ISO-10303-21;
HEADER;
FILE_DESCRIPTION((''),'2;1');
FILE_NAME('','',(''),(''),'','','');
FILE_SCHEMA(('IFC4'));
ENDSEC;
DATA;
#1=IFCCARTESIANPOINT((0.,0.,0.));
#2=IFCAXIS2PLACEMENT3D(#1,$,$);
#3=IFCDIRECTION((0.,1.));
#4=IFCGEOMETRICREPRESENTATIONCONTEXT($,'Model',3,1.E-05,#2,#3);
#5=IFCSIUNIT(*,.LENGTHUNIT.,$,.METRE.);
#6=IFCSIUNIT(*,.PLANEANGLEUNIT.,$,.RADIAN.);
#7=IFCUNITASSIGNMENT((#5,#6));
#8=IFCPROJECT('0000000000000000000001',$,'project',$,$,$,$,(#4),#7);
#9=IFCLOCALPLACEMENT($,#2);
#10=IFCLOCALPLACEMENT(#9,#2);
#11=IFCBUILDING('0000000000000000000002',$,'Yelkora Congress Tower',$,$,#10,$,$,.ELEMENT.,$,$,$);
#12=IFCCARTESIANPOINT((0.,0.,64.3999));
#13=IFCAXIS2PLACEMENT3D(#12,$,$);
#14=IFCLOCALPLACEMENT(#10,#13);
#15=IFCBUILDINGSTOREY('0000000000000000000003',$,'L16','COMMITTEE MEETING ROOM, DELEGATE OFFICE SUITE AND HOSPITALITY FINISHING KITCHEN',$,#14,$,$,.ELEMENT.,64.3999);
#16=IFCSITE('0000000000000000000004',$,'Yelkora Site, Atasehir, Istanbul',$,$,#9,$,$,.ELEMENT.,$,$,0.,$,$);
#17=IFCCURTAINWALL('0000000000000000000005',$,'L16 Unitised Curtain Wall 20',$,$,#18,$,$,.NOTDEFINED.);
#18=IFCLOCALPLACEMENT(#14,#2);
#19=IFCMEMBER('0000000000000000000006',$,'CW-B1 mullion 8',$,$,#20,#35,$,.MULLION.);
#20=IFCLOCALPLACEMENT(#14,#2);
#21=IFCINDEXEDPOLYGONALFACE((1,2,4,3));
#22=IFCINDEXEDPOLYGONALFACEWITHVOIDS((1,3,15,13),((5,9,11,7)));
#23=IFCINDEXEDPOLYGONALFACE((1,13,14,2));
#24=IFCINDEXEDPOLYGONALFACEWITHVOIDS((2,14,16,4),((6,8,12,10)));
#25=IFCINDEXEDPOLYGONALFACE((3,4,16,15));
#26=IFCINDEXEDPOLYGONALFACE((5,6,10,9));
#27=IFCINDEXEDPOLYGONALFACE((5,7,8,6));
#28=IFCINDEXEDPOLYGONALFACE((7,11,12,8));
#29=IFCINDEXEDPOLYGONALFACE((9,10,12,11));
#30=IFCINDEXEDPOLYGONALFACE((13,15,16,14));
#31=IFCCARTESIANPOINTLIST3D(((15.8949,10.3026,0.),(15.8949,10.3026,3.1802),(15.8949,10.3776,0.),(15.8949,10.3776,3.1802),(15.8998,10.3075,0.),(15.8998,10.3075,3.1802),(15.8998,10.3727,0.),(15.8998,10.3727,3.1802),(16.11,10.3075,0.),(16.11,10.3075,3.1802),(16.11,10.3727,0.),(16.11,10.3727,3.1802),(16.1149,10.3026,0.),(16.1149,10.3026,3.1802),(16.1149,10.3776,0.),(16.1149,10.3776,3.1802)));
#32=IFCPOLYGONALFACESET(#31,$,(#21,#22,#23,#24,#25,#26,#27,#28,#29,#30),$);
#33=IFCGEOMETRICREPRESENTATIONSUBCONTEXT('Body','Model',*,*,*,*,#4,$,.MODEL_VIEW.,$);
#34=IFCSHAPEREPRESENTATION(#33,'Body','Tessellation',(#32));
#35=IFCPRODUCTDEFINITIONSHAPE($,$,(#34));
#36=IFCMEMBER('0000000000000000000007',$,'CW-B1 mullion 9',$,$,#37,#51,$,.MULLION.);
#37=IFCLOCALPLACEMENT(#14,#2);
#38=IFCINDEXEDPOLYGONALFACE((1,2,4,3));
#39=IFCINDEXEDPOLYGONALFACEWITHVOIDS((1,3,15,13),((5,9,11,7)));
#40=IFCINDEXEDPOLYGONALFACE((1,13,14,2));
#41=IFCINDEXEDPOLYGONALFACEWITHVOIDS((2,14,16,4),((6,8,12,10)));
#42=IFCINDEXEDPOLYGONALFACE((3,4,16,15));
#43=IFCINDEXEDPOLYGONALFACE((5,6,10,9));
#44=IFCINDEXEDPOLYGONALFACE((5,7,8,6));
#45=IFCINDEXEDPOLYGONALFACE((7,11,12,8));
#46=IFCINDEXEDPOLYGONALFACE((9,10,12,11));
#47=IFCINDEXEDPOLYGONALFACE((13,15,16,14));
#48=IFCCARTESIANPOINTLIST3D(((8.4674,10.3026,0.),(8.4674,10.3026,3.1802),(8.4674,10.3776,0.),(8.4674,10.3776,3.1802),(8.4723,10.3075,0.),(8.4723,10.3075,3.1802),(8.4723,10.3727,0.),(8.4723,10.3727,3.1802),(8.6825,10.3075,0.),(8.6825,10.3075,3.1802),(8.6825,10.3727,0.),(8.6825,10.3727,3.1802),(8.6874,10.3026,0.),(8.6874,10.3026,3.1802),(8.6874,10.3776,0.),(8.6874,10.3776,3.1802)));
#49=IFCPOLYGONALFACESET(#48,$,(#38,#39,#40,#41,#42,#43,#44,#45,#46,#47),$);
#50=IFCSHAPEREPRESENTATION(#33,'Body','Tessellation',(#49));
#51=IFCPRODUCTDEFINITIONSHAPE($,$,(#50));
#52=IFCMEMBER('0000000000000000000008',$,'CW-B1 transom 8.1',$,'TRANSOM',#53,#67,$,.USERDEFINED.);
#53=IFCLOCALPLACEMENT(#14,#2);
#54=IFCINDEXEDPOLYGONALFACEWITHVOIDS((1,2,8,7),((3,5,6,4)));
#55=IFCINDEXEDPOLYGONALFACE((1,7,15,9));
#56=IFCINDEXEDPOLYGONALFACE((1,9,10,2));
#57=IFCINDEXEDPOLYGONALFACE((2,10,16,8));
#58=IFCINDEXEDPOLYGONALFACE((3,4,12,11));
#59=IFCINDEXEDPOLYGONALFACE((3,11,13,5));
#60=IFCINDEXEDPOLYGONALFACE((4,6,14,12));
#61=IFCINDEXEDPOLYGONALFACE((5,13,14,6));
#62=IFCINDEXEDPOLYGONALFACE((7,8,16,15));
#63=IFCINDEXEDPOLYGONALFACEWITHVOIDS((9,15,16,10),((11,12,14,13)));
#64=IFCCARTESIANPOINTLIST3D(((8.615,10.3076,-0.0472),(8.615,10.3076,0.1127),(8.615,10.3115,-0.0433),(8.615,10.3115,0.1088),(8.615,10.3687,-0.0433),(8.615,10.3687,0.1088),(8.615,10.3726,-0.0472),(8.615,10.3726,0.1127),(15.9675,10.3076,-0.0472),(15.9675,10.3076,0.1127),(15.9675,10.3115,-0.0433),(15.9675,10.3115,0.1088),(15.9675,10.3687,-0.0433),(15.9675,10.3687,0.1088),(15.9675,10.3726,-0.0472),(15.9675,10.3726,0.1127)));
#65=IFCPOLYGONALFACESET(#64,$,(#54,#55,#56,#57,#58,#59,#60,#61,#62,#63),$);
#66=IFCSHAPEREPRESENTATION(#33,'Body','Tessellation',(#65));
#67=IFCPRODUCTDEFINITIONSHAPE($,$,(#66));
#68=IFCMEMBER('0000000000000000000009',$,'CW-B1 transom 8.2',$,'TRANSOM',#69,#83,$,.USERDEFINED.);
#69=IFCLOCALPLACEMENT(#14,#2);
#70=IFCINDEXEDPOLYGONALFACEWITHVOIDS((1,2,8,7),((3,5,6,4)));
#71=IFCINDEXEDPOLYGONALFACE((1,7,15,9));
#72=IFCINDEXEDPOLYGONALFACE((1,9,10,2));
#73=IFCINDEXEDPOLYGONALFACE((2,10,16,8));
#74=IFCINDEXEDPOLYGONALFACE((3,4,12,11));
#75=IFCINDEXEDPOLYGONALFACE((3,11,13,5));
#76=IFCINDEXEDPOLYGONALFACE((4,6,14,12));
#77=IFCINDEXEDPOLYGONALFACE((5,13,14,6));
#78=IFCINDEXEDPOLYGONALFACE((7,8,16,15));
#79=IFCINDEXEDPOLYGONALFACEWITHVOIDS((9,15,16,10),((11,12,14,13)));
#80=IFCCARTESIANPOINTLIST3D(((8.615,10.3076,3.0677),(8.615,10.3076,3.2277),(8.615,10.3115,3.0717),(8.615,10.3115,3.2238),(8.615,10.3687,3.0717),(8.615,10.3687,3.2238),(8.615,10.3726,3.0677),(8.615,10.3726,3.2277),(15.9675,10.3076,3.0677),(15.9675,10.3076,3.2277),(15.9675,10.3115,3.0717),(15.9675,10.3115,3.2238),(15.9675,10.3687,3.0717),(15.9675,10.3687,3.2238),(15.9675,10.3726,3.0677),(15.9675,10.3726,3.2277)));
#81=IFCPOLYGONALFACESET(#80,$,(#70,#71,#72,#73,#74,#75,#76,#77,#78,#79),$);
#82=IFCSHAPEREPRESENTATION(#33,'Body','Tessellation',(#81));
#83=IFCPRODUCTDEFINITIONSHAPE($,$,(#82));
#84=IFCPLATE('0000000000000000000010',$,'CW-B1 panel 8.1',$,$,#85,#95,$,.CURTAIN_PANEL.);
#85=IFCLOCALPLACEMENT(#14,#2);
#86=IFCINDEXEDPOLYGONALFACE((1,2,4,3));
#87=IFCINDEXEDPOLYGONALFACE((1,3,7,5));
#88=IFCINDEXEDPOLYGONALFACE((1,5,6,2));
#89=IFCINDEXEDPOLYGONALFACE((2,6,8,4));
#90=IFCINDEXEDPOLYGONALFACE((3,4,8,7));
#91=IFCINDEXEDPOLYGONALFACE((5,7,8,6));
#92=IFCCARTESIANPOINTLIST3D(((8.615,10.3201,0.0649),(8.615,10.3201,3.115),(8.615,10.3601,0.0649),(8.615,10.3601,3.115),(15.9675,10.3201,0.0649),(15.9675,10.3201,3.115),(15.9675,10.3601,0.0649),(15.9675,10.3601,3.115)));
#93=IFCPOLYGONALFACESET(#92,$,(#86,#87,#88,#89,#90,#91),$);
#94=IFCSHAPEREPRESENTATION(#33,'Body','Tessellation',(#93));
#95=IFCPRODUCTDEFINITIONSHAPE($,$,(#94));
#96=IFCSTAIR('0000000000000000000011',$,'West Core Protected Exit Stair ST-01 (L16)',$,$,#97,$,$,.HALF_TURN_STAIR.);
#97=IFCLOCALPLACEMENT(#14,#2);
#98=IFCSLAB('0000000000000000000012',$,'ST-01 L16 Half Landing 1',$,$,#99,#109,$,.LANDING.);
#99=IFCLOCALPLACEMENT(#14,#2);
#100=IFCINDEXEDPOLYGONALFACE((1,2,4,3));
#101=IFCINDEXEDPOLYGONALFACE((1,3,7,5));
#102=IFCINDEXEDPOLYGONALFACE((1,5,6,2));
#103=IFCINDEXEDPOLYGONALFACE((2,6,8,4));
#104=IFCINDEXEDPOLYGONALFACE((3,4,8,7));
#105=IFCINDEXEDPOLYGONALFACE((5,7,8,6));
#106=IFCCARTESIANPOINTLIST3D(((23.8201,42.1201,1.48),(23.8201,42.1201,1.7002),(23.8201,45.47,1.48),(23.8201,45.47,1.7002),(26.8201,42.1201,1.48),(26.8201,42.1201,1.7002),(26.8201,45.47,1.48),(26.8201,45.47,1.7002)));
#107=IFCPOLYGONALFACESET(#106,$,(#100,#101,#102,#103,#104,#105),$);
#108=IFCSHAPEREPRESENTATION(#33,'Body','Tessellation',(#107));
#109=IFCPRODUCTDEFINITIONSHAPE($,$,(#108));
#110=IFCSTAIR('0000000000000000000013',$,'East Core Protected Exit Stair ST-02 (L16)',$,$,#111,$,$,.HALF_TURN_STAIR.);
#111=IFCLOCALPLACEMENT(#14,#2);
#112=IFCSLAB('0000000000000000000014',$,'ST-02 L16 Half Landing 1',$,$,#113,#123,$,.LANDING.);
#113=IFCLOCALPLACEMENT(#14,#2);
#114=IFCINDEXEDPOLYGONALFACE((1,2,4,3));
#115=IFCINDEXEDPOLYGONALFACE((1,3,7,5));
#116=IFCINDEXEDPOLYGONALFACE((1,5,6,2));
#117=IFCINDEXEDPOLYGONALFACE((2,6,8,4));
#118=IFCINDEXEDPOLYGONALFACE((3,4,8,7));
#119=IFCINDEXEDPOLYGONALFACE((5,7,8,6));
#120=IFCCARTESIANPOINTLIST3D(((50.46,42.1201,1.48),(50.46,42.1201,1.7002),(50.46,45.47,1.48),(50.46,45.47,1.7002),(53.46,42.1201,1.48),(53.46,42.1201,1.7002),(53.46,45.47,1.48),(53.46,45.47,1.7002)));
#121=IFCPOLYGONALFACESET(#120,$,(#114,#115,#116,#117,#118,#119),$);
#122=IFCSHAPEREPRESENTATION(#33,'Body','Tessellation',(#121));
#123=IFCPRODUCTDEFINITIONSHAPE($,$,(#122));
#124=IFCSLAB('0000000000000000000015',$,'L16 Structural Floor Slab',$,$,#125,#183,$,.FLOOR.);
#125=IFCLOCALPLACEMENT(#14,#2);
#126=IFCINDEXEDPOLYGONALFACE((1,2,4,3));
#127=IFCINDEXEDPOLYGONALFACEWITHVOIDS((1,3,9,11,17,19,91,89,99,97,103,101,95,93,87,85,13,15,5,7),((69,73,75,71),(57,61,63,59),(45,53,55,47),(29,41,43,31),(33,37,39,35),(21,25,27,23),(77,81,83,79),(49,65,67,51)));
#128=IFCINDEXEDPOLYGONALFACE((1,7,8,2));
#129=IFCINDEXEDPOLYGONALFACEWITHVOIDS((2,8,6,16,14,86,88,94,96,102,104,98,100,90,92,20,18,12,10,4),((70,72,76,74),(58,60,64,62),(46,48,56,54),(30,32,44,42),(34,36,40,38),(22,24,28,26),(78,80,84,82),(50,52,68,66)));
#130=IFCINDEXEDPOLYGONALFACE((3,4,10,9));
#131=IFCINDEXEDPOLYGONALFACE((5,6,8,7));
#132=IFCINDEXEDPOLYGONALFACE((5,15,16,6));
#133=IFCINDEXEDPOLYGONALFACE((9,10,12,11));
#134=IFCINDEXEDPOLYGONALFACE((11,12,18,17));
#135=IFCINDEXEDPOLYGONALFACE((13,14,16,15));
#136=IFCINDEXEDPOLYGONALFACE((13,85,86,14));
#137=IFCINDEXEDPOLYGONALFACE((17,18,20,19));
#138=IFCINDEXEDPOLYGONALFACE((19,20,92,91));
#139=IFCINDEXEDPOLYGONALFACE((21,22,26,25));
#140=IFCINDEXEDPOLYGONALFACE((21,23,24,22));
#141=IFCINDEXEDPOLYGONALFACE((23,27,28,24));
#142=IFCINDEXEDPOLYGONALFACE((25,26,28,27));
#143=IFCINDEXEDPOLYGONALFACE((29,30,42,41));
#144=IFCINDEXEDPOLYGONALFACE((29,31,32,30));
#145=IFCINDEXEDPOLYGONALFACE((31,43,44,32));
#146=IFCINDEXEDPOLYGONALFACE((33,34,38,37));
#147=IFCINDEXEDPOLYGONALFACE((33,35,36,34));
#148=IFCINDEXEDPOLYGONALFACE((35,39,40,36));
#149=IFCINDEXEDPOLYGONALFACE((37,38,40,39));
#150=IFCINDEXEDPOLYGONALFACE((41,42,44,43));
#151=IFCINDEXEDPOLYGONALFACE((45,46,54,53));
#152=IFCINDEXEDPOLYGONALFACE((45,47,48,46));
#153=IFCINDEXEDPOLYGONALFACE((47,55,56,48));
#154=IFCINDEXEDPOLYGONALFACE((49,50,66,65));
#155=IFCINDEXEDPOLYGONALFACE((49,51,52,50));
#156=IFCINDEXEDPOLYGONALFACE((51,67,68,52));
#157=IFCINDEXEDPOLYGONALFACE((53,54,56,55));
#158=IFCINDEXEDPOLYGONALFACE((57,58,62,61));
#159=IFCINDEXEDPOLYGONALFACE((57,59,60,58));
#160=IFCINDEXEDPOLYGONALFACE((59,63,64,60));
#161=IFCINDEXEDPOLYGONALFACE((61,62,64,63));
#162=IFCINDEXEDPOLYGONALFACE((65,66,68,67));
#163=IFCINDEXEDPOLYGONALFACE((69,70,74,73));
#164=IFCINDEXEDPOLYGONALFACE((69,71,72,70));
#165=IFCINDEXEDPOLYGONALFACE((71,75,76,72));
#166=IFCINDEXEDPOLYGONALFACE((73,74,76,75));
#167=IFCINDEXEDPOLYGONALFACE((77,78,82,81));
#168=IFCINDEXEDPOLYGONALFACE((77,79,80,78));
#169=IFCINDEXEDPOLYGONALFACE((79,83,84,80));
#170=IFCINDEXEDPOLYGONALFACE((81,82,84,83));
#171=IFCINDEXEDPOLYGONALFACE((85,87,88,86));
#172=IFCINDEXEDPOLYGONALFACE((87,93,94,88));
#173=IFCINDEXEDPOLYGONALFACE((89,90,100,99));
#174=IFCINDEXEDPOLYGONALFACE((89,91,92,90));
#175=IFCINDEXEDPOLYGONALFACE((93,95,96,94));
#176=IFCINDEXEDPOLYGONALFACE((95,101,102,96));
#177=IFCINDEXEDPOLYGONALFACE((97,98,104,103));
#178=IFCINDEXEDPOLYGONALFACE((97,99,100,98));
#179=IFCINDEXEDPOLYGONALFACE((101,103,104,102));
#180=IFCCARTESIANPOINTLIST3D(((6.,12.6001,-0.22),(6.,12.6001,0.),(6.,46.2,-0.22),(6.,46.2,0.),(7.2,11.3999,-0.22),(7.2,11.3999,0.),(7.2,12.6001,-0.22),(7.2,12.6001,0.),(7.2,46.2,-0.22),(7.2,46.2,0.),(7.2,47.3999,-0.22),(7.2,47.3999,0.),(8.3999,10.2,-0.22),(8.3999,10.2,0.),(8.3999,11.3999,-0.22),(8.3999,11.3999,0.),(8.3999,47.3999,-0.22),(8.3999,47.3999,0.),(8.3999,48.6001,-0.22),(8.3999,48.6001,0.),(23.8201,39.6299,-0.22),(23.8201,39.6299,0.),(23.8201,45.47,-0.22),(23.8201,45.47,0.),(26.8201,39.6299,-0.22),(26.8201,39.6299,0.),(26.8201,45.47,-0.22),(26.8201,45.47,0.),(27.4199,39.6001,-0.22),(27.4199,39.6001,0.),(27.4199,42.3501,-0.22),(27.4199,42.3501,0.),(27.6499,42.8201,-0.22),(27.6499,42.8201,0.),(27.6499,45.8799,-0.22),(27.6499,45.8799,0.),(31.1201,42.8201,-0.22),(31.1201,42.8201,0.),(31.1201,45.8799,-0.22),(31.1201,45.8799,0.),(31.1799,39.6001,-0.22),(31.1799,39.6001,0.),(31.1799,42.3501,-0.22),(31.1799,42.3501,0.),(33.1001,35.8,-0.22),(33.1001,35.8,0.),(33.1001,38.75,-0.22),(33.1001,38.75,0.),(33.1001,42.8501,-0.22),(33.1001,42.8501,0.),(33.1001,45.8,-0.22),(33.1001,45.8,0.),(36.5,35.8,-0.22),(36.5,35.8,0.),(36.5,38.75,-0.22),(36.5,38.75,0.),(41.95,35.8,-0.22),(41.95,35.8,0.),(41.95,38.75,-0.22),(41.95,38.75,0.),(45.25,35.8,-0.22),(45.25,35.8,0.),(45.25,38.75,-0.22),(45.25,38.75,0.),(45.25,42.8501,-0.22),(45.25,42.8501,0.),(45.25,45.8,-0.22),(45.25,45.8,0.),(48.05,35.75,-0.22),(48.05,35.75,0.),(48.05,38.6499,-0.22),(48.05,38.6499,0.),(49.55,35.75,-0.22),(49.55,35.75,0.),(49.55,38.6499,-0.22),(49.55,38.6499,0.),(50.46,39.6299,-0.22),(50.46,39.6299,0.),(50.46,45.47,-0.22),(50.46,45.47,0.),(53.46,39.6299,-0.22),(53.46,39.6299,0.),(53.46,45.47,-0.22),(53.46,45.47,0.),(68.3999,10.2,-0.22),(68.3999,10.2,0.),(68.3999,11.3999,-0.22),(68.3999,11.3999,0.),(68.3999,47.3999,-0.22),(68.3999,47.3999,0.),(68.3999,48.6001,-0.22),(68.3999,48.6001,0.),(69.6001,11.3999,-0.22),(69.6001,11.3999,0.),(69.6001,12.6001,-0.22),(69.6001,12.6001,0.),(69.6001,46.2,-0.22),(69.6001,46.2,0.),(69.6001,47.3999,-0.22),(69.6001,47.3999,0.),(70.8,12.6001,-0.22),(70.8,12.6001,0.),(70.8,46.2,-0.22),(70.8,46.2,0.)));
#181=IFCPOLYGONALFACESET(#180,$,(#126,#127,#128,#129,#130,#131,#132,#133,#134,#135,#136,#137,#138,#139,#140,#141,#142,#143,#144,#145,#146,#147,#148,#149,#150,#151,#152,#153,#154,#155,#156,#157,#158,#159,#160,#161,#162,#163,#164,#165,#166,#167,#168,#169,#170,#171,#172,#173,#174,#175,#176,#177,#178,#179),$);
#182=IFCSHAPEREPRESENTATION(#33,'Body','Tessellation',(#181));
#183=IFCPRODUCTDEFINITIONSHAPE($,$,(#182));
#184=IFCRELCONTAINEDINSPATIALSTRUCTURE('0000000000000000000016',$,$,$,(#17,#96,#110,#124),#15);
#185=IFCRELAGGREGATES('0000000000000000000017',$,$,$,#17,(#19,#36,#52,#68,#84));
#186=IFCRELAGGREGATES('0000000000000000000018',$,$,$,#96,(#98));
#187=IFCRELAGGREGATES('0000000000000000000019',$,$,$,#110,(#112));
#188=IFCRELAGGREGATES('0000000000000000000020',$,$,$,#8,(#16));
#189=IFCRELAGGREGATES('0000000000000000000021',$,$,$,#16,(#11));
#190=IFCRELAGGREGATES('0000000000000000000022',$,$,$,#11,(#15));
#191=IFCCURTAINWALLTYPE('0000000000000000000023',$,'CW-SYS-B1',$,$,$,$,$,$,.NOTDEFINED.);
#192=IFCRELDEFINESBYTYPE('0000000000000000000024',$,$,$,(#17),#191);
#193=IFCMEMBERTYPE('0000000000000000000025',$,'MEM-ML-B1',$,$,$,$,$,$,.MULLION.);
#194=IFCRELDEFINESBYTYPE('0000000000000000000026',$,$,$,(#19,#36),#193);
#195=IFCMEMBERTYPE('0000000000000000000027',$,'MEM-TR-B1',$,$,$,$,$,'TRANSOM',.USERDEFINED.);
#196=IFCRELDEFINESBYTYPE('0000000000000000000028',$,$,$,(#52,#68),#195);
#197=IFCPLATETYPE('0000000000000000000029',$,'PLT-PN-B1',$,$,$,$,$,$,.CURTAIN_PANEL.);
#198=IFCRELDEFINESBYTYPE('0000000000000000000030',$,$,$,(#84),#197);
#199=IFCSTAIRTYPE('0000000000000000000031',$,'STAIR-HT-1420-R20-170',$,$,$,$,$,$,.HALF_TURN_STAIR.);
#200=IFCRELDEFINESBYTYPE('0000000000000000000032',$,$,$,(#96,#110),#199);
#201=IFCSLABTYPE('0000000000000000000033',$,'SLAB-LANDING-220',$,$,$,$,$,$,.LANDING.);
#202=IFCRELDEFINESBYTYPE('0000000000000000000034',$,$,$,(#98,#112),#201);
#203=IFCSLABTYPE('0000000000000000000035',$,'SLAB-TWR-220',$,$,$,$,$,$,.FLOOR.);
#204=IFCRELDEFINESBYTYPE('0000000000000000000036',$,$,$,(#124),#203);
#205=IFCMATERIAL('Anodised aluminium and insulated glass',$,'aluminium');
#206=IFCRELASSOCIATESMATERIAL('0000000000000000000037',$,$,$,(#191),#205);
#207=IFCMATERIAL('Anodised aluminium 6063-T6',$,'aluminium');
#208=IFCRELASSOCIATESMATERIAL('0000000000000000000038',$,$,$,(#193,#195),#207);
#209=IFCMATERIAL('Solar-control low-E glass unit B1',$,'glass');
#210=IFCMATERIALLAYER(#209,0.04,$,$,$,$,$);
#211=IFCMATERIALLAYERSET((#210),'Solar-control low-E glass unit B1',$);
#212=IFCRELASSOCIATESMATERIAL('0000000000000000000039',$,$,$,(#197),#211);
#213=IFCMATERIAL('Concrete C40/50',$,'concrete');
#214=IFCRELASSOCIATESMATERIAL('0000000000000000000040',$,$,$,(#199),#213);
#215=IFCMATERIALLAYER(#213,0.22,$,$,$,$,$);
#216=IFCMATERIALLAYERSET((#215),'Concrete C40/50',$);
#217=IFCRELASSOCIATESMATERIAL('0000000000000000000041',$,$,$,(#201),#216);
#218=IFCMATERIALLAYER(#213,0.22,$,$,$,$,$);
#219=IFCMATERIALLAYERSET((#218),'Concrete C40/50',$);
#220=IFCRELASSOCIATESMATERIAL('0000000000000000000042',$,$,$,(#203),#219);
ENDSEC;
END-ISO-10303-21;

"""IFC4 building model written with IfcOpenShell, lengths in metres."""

from ifc_helpers import new_model, si_unit, direction, frame, origin, origin_2d, place, context, subcontext, project, spatial, polyline, rectangle, hollow_rectangle, outline, extrude, material, layer, layer_set, material_profile, profile_set, type_object, element, aggregate, save


model = new_model("IFC4")

# Units and contexts
model_context = context("Model", 3, precision=1e-05, world=origin(), true_north=direction((0.0, 1.0)))
body_context = subcontext(model_context, "Body", "Model", "MODEL_VIEW")
ifc_project = project(units=[si_unit("LENGTHUNIT", "METRE"), si_unit("PLANEANGLEUNIT", "RADIAN")], contexts=[model_context])

# Site, building, storey
site_placement = place(None, origin())
site = spatial("IfcSite", under=ifc_project, at=site_placement, Name="Yelkora Site, Atasehir, Istanbul", CompositionType="ELEMENT", RefElevation=0.0)
building_placement = place(site_placement, origin())
building = spatial("IfcBuilding", under=site, at=building_placement, Name="Yelkora Congress Tower", CompositionType="ELEMENT")
storey_placement = place(building_placement, frame((0.0, 0.0, 64.3999)))
storey = spatial("IfcBuildingStorey", under=building, at=storey_placement, Name="L16", Description="COMMITTEE MEETING ROOM, DELEGATE OFFICE SUITE AND HOSPITALITY FINISHING KITCHEN", CompositionType="ELEMENT", Elevation=64.3999)

# Curtain wall, members, plate
ifc_material_1 = material(Name="Anodised aluminium and insulated glass", Category="aluminium")
curtain_wall_type = type_object("IfcCurtainWallType", Name="CW-SYS-B1", PredefinedType="NOTDEFINED", material=ifc_material_1)
curtain_wall_placement = place(storey_placement, origin())
curtain_wall = element("IfcCurtainWall", 1, at=curtain_wall_placement, inside=storey, type_object=curtain_wall_type, Name="L16 Unitised Curtain Wall 20", PredefinedType="NOTDEFINED")
ifc_material_2 = material(Name="Anodised aluminium 6063-T6", Category="aluminium")
ifc_material_profile_1 = material_profile(ifc_material_2, hollow_rectangle(XDim=0.075, YDim=0.22, WallThickness=0.0049, at=origin_2d()), Name="ALU 75x220x5")
ifc_profile_set_1 = profile_set([ifc_material_profile_1], Name="Anodised aluminium 6063-T6")
member_type_1 = type_object("IfcMemberType", Name="MEM-ML-B1", PredefinedType="MULLION", material=ifc_profile_set_1)
member_1_placement = place(storey_placement, frame((16.0049, 10.3401, 0.0), z_axis=(0.0, 0.0, 1.0), x_axis=(0.0, -1.0, 0.0)))
member_1 = element("IfcMember", 2, at=member_1_placement, type_object=member_type_1, Name="CW-B1 mullion 8", PredefinedType="MULLION", context=body_context, shape_type="SweptSolid", body=[
    extrude(hollow_rectangle(XDim=0.075, YDim=0.22, WallThickness=0.0049, at=origin_2d()), origin(), (0.0, 0.0, 1.0), 3.1802),
])
member_2_placement = place(storey_placement, frame((8.5774, 10.3401, 0.0), z_axis=(0.0, 0.0, 1.0), x_axis=(0.0, -1.0, 0.0)))
member_2 = element("IfcMember", 3, at=member_2_placement, type_object=member_type_1, Name="CW-B1 mullion 9", PredefinedType="MULLION", context=body_context, shape_type="SweptSolid", body=[
    extrude(hollow_rectangle(XDim=0.075, YDim=0.22, WallThickness=0.0049, at=origin_2d()), origin(), (0.0, 0.0, 1.0), 3.1802),
])
ifc_material_profile_2 = material_profile(ifc_material_2, hollow_rectangle(XDim=0.0649, YDim=0.1599, WallThickness=0.0039, at=origin_2d()), Name="ALU 65x160x4")
ifc_profile_set_2 = profile_set([ifc_material_profile_2], Name="Anodised aluminium 6063-T6")
member_type_2 = type_object("IfcMemberType", Name="MEM-TR-B1", ElementType="TRANSOM", PredefinedType="USERDEFINED", material=ifc_profile_set_2)
member_3_placement = place(storey_placement, frame((15.9675, 10.3401, 0.0327), z_axis=(-1.0, 0.0, 0.0), x_axis=(0.0, -1.0, 0.0)))
member_3 = element("IfcMember", 4, at=member_3_placement, type_object=member_type_2, Name="CW-B1 transom 8.1", ObjectType="TRANSOM", PredefinedType="USERDEFINED", context=body_context, shape_type="SweptSolid", body=[
    extrude(hollow_rectangle(XDim=0.0649, YDim=0.1599, WallThickness=0.0039, at=origin_2d()), origin(), (0.0, 0.0, 1.0), 7.3525),
])
member_4_placement = place(storey_placement, frame((15.9675, 10.3401, 3.1477), z_axis=(-1.0, 0.0, 0.0), x_axis=(0.0, -1.0, 0.0)))
member_4 = element("IfcMember", 5, at=member_4_placement, type_object=member_type_2, Name="CW-B1 transom 8.2", ObjectType="TRANSOM", PredefinedType="USERDEFINED", context=body_context, shape_type="SweptSolid", body=[
    extrude(hollow_rectangle(XDim=0.0649, YDim=0.1599, WallThickness=0.0039, at=origin_2d()), origin(), (0.0, 0.0, 1.0), 7.3525),
])
ifc_material_3 = material(Name="Solar-control low-E glass unit B1", Category="glass")
ifc_layer_1 = layer(ifc_material_3, 0.04)
ifc_layer_set_1 = layer_set([ifc_layer_1], Name="Solar-control low-E glass unit B1")
plate_type = type_object("IfcPlateType", Name="PLT-PN-B1", PredefinedType="CURTAIN_PANEL", material=ifc_layer_set_1)
plate_placement = place(storey_placement, frame((12.2913, 10.3401, 0.0649), z_axis=(0.0, 0.0, 1.0), x_axis=(-1.0, 0.0, 0.0)))
plate = element("IfcPlate", 6, at=plate_placement, type_object=plate_type, Name="CW-B1 panel 8.1", PredefinedType="CURTAIN_PANEL", context=body_context, shape_type="SweptSolid", body=[
    extrude(rectangle(XDim=7.3525, YDim=0.04, at=origin_2d()), origin(), (0.0, 0.0, 1.0), 3.05),
])
aggregate(curtain_wall, [member_1, member_2, member_3, member_4, plate])

# Stairs, slabs
ifc_material_4 = material(Name="Concrete C40/50", Category="concrete")
stair_type = type_object("IfcStairType", Name="STAIR-HT-1420-R20-170", PredefinedType="HALF_TURN_STAIR", material=ifc_material_4)
stair_1_placement = place(storey_placement, origin())
stair_1 = element("IfcStair", 7, at=stair_1_placement, inside=storey, type_object=stair_type, Name="West Core Protected Exit Stair ST-01 (L16)", PredefinedType="HALF_TURN_STAIR")
ifc_layer_2 = layer(ifc_material_4, 0.22)
ifc_layer_set_2 = layer_set([ifc_layer_2], Name="Concrete C40/50")
slab_type_1 = type_object("IfcSlabType", Name="SLAB-LANDING-220", PredefinedType="LANDING", material=ifc_layer_set_2)
slab_1_placement = place(storey_placement, frame((0.0, 0.0, 1.48)))
slab_1 = element("IfcSlab", 8, at=slab_1_placement, type_object=slab_type_1, Name="ST-01 L16 Half Landing 1", PredefinedType="LANDING", context=body_context, shape_type="SweptSolid", body=[
    extrude(outline(polyline([(26.8201, 42.1201), (26.8201, 45.47), (23.8201, 45.47), (23.8201, 42.1201), (26.8201, 42.1201)])), origin(), (0.0, 0.0, 1.0), 0.2202),
])
aggregate(stair_1, [slab_1])
stair_2_placement = place(storey_placement, origin())
stair_2 = element("IfcStair", 9, at=stair_2_placement, inside=storey, type_object=stair_type, Name="East Core Protected Exit Stair ST-02 (L16)", PredefinedType="HALF_TURN_STAIR")
slab_2_placement = place(storey_placement, frame((0.0, 0.0, 1.48)))
slab_2 = element("IfcSlab", 10, at=slab_2_placement, type_object=slab_type_1, Name="ST-02 L16 Half Landing 1", PredefinedType="LANDING", context=body_context, shape_type="SweptSolid", body=[
    extrude(outline(polyline([(53.46, 42.1201), (53.46, 45.47), (50.46, 45.47), (50.46, 42.1201), (53.46, 42.1201)])), origin(), (0.0, 0.0, 1.0), 0.2202),
])
aggregate(stair_2, [slab_2])

# Slab
ifc_layer_3 = layer(ifc_material_4, 0.22)
ifc_layer_set_3 = layer_set([ifc_layer_3], Name="Concrete C40/50")
slab_type_2 = type_object("IfcSlabType", Name="SLAB-TWR-220", PredefinedType="FLOOR", material=ifc_layer_set_3)
slab_3_placement = place(storey_placement, frame((0.0, 0.0, -0.22)))
element("IfcSlab", 11, at=slab_3_placement, inside=storey, type_object=slab_type_2, Name="L16 Structural Floor Slab", PredefinedType="FLOOR", context=body_context, shape_type="SweptSolid", body=[
    extrude(outline(polyline([(8.3999, 10.2), (68.3999, 10.2), (68.3999, 11.3999), (69.6001, 11.3999), (69.6001, 12.6001), (70.8, 12.6001), (70.8, 46.2), (69.6001, 46.2), (69.6001, 47.3999), (68.3999, 47.3999), (68.3999, 48.6001), (8.3999, 48.6001), (8.3999, 47.3999), (7.2, 47.3999), (7.2, 46.2), (6.0, 46.2), (6.0, 12.6001), (7.2, 12.6001), (7.2, 11.3999), (8.3999, 11.3999), (8.3999, 10.2)]), holes=[polyline([(23.8201, 39.6299), (26.8201, 39.6299), (26.8201, 45.47), (23.8201, 45.47), (23.8201, 39.6299)]), polyline([(50.46, 39.6299), (53.46, 39.6299), (53.46, 45.47), (50.46, 45.47), (50.46, 39.6299)]), polyline([(48.05, 35.75), (49.55, 35.75), (49.55, 38.6499), (48.05, 38.6499), (48.05, 35.75)]), polyline([(41.95, 35.8), (45.25, 35.8), (45.25, 38.75), (41.95, 38.75), (41.95, 35.8)]), polyline([(33.1001, 42.8501), (45.25, 42.8501), (45.25, 45.8), (33.1001, 45.8), (33.1001, 42.8501)]), polyline([(33.1001, 35.8), (36.5, 35.8), (36.5, 38.75), (33.1001, 38.75), (33.1001, 35.8)]), polyline([(27.4199, 39.6001), (31.1799, 39.6001), (31.1799, 42.3501), (27.4199, 42.3501), (27.4199, 39.6001)]), polyline([(27.6499, 42.8201), (31.1201, 42.8201), (31.1201, 45.8799), (27.6499, 45.8799), (27.6499, 42.8201)])]), origin(), (0.0, 0.0, 1.0), 0.22),
])

save(model, "model.ifc")
